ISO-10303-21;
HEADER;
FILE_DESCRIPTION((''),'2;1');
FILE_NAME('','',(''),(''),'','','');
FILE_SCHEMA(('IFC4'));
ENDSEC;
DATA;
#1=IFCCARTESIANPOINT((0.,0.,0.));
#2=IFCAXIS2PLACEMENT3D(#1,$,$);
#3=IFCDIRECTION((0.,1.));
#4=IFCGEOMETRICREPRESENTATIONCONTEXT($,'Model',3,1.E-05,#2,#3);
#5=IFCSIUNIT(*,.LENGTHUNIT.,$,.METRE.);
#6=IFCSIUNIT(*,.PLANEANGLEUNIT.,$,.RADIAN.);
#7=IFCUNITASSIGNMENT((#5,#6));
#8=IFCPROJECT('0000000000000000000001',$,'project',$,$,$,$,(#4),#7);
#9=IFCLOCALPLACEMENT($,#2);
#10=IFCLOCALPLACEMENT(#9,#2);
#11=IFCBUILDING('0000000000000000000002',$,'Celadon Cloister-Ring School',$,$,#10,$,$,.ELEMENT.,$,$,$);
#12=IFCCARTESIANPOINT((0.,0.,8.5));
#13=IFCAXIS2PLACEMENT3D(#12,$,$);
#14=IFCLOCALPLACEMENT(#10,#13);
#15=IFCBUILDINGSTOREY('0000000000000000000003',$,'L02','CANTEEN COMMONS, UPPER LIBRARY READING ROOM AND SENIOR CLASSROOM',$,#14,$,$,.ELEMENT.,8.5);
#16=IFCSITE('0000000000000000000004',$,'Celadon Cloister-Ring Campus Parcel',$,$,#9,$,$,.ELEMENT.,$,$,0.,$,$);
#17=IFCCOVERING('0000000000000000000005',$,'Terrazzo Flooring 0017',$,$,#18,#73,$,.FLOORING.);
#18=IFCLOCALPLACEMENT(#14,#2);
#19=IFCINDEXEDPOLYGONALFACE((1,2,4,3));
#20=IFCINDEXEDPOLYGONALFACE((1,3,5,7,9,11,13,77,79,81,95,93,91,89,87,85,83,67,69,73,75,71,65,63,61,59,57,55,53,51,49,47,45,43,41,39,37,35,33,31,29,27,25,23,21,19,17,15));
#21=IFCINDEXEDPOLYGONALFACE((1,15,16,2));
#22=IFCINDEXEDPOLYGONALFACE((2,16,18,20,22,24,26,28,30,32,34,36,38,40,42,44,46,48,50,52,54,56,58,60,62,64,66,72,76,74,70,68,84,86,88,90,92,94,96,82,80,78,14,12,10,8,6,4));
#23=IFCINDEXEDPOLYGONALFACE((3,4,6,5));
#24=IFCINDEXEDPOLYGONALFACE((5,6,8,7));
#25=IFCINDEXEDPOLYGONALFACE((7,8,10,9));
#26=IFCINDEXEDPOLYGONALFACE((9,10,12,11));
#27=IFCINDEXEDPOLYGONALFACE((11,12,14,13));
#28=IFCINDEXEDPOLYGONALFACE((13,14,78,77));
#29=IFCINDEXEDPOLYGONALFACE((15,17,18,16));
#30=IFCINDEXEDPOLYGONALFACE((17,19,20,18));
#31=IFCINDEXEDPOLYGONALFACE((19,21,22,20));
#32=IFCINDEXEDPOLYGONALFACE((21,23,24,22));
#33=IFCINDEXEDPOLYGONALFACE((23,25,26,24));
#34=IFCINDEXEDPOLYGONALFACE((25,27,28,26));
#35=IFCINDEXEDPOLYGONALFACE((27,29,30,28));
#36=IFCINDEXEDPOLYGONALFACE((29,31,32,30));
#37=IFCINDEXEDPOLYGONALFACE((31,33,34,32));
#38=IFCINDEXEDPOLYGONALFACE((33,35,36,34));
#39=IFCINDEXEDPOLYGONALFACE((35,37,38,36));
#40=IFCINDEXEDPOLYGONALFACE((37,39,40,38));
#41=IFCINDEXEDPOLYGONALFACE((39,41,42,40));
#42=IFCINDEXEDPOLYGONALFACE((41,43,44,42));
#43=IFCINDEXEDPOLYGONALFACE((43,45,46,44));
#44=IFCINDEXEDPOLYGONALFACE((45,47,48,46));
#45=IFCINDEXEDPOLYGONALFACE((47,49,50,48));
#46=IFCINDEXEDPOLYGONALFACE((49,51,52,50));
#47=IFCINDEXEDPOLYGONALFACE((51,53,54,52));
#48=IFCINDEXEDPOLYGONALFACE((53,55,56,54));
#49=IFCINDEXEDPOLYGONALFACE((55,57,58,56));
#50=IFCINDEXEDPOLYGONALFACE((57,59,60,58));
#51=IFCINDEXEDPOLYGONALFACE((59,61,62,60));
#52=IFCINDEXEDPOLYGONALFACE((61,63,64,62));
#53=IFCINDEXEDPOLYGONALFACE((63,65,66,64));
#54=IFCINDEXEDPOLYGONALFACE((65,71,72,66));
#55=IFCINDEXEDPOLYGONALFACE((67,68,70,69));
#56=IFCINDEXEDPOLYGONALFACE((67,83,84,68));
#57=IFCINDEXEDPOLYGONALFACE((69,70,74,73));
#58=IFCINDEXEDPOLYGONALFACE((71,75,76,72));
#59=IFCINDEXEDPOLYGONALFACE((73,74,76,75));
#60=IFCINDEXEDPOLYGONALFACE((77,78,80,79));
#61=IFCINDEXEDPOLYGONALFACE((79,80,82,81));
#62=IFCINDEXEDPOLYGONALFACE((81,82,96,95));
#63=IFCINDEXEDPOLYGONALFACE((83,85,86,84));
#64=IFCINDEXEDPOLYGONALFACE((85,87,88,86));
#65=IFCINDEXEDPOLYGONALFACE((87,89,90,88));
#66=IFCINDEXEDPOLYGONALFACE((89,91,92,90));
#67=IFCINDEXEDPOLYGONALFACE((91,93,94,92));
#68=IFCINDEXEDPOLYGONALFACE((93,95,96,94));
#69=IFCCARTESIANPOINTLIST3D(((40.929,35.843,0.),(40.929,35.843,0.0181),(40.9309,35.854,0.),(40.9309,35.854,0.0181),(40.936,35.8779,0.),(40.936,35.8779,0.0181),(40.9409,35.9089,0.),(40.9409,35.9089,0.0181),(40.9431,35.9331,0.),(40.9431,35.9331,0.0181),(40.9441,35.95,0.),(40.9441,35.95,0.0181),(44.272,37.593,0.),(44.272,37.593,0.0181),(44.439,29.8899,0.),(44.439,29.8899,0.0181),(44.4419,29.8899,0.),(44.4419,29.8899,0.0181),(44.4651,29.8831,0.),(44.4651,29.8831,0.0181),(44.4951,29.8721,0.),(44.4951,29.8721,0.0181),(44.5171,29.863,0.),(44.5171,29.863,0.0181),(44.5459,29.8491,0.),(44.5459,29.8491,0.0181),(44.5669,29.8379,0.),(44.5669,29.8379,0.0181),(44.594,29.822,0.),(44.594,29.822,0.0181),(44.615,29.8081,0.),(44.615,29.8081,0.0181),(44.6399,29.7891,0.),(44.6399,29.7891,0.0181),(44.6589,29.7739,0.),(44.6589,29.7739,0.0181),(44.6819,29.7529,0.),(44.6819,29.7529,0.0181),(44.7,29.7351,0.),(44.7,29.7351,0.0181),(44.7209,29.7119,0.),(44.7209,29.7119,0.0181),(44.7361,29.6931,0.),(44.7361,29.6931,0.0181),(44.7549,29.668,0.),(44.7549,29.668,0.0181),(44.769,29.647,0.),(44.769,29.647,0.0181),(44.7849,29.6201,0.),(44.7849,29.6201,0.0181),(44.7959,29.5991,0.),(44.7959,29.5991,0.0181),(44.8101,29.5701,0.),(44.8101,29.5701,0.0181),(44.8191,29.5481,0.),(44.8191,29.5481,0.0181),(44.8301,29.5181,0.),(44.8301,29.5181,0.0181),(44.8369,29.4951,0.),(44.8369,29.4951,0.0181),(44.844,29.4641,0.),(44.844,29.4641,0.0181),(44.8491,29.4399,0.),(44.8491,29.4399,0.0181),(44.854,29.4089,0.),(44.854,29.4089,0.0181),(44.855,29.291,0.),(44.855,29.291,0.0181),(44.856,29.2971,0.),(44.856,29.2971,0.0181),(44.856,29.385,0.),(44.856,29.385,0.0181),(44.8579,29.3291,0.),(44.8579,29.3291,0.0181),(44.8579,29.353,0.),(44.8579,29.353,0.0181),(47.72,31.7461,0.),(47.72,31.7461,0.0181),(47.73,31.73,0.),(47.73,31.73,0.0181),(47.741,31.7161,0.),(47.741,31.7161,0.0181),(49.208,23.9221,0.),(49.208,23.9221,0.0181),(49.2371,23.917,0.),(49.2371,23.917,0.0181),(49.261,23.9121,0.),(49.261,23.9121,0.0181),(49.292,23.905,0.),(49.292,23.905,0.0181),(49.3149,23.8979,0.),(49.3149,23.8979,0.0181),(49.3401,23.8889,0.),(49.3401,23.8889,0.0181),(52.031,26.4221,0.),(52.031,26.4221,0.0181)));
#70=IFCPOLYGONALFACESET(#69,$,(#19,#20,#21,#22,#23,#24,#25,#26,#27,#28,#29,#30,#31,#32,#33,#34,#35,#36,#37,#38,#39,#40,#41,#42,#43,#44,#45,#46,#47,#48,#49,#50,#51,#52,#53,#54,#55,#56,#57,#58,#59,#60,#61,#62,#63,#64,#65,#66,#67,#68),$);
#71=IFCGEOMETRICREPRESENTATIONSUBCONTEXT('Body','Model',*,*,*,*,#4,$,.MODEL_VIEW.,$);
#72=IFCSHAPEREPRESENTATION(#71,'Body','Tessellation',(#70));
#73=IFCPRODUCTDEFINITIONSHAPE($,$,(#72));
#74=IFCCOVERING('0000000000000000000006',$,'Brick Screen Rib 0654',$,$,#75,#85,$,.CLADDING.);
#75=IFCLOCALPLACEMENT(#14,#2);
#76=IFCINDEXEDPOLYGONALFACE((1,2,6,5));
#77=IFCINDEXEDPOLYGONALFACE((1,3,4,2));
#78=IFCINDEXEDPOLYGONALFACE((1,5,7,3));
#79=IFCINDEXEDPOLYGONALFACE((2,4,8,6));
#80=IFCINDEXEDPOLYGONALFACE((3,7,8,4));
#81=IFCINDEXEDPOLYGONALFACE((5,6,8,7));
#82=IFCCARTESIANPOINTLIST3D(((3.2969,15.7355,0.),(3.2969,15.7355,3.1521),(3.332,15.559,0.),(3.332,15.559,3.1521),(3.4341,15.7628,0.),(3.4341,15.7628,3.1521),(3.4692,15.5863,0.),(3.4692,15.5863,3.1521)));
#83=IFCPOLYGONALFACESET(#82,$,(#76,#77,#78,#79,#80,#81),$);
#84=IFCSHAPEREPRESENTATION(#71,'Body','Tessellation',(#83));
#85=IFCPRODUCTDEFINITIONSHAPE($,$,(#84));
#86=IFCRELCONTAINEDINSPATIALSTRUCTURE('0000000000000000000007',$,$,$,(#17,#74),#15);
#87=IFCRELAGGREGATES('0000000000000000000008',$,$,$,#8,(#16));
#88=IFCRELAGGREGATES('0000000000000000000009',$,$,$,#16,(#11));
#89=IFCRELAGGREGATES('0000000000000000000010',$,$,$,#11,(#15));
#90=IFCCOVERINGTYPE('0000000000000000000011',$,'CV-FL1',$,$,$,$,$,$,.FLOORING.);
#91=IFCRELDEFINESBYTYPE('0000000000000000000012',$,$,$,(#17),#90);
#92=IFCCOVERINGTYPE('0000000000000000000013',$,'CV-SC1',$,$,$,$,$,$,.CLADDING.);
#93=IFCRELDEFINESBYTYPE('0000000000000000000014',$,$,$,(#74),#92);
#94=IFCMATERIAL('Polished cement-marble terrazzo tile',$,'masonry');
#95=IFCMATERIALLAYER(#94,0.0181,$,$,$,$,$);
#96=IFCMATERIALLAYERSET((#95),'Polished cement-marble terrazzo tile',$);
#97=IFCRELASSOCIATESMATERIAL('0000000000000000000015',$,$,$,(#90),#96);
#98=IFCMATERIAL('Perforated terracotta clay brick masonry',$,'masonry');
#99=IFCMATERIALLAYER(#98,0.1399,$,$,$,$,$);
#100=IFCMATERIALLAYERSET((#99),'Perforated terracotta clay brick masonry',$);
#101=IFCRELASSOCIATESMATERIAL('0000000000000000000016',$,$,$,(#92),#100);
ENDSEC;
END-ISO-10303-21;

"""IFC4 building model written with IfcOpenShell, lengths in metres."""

from ifc_helpers import new_model, si_unit, direction, frame, origin, origin_2d, place, context, subcontext, project, spatial, polyline, rectangle, outline, extrude, material, layer, layer_set, type_object, element, save


model = new_model("IFC4")

# Units and contexts
model_context = context("Model", 3, precision=1e-05, world=origin(), true_north=direction((0.0, 1.0)))
body_context = subcontext(model_context, "Body", "Model", "MODEL_VIEW")
ifc_project = project(units=[si_unit("LENGTHUNIT", "METRE"), si_unit("PLANEANGLEUNIT", "RADIAN")], contexts=[model_context])

# Site, building, storey
site_placement = place(None, origin())
site = spatial("IfcSite", under=ifc_project, at=site_placement, Name="Celadon Cloister-Ring Campus Parcel", CompositionType="ELEMENT", RefElevation=0.0)
building_placement = place(site_placement, origin())
building = spatial("IfcBuilding", under=site, at=building_placement, Name="Celadon Cloister-Ring School", CompositionType="ELEMENT")
storey_placement = place(building_placement, frame((0.0, 0.0, 8.5)))
storey = spatial("IfcBuildingStorey", under=building, at=storey_placement, Name="L02", Description="CANTEEN COMMONS, UPPER LIBRARY READING ROOM AND SENIOR CLASSROOM", CompositionType="ELEMENT", Elevation=8.5)

# Coverings
ifc_material_1 = material(Name="Polished cement-marble terrazzo tile", Category="masonry")
ifc_layer_1 = layer(ifc_material_1, 0.0181)
ifc_layer_set_1 = layer_set([ifc_layer_1], Name="Polished cement-marble terrazzo tile")
covering_type_1 = type_object("IfcCoveringType", Name="CV-FL1", PredefinedType="FLOORING", material=ifc_layer_set_1)
covering_1_placement = place(storey_placement, origin())
element("IfcCovering", 1, at=covering_1_placement, inside=storey, type_object=covering_type_1, Name="Terrazzo Flooring 0017", PredefinedType="FLOORING", context=body_context, shape_type="SweptSolid", body=[
    extrude(outline(polyline([(40.929, 35.843), (40.9309, 35.854), (40.936, 35.8779), (40.9409, 35.9089), (40.9431, 35.9331), (40.9441, 35.95), (44.272, 37.593), (47.72, 31.7461), (47.73, 31.73), (47.741, 31.7161), (52.031, 26.4221), (49.3401, 23.8889), (49.3149, 23.8979), (49.292, 23.905), (49.261, 23.9121), (49.2371, 23.917), (49.208, 23.9221), (44.855, 29.291), (44.856, 29.2971), (44.8579, 29.3291), (44.8579, 29.353), (44.856, 29.385), (44.854, 29.4089), (44.8491, 29.4399), (44.844, 29.4641), (44.8369, 29.4951), (44.8301, 29.5181), (44.8191, 29.5481), (44.8101, 29.5701), (44.7959, 29.5991), (44.7849, 29.6201), (44.769, 29.647), (44.7549, 29.668), (44.7361, 29.6931), (44.7209, 29.7119), (44.7, 29.7351), (44.6819, 29.7529), (44.6589, 29.7739), (44.6399, 29.7891), (44.615, 29.8081), (44.594, 29.822), (44.5669, 29.8379), (44.5459, 29.8491), (44.5171, 29.863), (44.4951, 29.8721), (44.4651, 29.8831), (44.4419, 29.8899), (44.439, 29.8899), (40.929, 35.843)])), origin(), (0.0, 0.0, 1.0), 0.0181),
])
ifc_material_2 = material(Name="Perforated terracotta clay brick masonry", Category="masonry")
ifc_layer_2 = layer(ifc_material_2, 0.1399)
ifc_layer_set_2 = layer_set([ifc_layer_2], Name="Perforated terracotta clay brick masonry")
covering_type_2 = type_object("IfcCoveringType", Name="CV-SC1", PredefinedType="CLADDING", material=ifc_layer_set_2)
covering_2_placement = place(storey_placement, frame((3.3831, 15.6609, 0.0), z_axis=(0.0, 0.0, 1.0), x_axis=(-0.195142, 0.980775, 0.0)))
element("IfcCovering", 2, at=covering_2_placement, inside=storey, type_object=covering_type_2, Name="Brick Screen Rib 0654", PredefinedType="CLADDING", context=body_context, shape_type="SweptSolid", body=[
    extrude(rectangle(XDim=0.1799, YDim=0.1399, at=origin_2d()), origin(), (0.0, 0.0, 1.0), 3.1521),
])

save(model, "model.ifc")
